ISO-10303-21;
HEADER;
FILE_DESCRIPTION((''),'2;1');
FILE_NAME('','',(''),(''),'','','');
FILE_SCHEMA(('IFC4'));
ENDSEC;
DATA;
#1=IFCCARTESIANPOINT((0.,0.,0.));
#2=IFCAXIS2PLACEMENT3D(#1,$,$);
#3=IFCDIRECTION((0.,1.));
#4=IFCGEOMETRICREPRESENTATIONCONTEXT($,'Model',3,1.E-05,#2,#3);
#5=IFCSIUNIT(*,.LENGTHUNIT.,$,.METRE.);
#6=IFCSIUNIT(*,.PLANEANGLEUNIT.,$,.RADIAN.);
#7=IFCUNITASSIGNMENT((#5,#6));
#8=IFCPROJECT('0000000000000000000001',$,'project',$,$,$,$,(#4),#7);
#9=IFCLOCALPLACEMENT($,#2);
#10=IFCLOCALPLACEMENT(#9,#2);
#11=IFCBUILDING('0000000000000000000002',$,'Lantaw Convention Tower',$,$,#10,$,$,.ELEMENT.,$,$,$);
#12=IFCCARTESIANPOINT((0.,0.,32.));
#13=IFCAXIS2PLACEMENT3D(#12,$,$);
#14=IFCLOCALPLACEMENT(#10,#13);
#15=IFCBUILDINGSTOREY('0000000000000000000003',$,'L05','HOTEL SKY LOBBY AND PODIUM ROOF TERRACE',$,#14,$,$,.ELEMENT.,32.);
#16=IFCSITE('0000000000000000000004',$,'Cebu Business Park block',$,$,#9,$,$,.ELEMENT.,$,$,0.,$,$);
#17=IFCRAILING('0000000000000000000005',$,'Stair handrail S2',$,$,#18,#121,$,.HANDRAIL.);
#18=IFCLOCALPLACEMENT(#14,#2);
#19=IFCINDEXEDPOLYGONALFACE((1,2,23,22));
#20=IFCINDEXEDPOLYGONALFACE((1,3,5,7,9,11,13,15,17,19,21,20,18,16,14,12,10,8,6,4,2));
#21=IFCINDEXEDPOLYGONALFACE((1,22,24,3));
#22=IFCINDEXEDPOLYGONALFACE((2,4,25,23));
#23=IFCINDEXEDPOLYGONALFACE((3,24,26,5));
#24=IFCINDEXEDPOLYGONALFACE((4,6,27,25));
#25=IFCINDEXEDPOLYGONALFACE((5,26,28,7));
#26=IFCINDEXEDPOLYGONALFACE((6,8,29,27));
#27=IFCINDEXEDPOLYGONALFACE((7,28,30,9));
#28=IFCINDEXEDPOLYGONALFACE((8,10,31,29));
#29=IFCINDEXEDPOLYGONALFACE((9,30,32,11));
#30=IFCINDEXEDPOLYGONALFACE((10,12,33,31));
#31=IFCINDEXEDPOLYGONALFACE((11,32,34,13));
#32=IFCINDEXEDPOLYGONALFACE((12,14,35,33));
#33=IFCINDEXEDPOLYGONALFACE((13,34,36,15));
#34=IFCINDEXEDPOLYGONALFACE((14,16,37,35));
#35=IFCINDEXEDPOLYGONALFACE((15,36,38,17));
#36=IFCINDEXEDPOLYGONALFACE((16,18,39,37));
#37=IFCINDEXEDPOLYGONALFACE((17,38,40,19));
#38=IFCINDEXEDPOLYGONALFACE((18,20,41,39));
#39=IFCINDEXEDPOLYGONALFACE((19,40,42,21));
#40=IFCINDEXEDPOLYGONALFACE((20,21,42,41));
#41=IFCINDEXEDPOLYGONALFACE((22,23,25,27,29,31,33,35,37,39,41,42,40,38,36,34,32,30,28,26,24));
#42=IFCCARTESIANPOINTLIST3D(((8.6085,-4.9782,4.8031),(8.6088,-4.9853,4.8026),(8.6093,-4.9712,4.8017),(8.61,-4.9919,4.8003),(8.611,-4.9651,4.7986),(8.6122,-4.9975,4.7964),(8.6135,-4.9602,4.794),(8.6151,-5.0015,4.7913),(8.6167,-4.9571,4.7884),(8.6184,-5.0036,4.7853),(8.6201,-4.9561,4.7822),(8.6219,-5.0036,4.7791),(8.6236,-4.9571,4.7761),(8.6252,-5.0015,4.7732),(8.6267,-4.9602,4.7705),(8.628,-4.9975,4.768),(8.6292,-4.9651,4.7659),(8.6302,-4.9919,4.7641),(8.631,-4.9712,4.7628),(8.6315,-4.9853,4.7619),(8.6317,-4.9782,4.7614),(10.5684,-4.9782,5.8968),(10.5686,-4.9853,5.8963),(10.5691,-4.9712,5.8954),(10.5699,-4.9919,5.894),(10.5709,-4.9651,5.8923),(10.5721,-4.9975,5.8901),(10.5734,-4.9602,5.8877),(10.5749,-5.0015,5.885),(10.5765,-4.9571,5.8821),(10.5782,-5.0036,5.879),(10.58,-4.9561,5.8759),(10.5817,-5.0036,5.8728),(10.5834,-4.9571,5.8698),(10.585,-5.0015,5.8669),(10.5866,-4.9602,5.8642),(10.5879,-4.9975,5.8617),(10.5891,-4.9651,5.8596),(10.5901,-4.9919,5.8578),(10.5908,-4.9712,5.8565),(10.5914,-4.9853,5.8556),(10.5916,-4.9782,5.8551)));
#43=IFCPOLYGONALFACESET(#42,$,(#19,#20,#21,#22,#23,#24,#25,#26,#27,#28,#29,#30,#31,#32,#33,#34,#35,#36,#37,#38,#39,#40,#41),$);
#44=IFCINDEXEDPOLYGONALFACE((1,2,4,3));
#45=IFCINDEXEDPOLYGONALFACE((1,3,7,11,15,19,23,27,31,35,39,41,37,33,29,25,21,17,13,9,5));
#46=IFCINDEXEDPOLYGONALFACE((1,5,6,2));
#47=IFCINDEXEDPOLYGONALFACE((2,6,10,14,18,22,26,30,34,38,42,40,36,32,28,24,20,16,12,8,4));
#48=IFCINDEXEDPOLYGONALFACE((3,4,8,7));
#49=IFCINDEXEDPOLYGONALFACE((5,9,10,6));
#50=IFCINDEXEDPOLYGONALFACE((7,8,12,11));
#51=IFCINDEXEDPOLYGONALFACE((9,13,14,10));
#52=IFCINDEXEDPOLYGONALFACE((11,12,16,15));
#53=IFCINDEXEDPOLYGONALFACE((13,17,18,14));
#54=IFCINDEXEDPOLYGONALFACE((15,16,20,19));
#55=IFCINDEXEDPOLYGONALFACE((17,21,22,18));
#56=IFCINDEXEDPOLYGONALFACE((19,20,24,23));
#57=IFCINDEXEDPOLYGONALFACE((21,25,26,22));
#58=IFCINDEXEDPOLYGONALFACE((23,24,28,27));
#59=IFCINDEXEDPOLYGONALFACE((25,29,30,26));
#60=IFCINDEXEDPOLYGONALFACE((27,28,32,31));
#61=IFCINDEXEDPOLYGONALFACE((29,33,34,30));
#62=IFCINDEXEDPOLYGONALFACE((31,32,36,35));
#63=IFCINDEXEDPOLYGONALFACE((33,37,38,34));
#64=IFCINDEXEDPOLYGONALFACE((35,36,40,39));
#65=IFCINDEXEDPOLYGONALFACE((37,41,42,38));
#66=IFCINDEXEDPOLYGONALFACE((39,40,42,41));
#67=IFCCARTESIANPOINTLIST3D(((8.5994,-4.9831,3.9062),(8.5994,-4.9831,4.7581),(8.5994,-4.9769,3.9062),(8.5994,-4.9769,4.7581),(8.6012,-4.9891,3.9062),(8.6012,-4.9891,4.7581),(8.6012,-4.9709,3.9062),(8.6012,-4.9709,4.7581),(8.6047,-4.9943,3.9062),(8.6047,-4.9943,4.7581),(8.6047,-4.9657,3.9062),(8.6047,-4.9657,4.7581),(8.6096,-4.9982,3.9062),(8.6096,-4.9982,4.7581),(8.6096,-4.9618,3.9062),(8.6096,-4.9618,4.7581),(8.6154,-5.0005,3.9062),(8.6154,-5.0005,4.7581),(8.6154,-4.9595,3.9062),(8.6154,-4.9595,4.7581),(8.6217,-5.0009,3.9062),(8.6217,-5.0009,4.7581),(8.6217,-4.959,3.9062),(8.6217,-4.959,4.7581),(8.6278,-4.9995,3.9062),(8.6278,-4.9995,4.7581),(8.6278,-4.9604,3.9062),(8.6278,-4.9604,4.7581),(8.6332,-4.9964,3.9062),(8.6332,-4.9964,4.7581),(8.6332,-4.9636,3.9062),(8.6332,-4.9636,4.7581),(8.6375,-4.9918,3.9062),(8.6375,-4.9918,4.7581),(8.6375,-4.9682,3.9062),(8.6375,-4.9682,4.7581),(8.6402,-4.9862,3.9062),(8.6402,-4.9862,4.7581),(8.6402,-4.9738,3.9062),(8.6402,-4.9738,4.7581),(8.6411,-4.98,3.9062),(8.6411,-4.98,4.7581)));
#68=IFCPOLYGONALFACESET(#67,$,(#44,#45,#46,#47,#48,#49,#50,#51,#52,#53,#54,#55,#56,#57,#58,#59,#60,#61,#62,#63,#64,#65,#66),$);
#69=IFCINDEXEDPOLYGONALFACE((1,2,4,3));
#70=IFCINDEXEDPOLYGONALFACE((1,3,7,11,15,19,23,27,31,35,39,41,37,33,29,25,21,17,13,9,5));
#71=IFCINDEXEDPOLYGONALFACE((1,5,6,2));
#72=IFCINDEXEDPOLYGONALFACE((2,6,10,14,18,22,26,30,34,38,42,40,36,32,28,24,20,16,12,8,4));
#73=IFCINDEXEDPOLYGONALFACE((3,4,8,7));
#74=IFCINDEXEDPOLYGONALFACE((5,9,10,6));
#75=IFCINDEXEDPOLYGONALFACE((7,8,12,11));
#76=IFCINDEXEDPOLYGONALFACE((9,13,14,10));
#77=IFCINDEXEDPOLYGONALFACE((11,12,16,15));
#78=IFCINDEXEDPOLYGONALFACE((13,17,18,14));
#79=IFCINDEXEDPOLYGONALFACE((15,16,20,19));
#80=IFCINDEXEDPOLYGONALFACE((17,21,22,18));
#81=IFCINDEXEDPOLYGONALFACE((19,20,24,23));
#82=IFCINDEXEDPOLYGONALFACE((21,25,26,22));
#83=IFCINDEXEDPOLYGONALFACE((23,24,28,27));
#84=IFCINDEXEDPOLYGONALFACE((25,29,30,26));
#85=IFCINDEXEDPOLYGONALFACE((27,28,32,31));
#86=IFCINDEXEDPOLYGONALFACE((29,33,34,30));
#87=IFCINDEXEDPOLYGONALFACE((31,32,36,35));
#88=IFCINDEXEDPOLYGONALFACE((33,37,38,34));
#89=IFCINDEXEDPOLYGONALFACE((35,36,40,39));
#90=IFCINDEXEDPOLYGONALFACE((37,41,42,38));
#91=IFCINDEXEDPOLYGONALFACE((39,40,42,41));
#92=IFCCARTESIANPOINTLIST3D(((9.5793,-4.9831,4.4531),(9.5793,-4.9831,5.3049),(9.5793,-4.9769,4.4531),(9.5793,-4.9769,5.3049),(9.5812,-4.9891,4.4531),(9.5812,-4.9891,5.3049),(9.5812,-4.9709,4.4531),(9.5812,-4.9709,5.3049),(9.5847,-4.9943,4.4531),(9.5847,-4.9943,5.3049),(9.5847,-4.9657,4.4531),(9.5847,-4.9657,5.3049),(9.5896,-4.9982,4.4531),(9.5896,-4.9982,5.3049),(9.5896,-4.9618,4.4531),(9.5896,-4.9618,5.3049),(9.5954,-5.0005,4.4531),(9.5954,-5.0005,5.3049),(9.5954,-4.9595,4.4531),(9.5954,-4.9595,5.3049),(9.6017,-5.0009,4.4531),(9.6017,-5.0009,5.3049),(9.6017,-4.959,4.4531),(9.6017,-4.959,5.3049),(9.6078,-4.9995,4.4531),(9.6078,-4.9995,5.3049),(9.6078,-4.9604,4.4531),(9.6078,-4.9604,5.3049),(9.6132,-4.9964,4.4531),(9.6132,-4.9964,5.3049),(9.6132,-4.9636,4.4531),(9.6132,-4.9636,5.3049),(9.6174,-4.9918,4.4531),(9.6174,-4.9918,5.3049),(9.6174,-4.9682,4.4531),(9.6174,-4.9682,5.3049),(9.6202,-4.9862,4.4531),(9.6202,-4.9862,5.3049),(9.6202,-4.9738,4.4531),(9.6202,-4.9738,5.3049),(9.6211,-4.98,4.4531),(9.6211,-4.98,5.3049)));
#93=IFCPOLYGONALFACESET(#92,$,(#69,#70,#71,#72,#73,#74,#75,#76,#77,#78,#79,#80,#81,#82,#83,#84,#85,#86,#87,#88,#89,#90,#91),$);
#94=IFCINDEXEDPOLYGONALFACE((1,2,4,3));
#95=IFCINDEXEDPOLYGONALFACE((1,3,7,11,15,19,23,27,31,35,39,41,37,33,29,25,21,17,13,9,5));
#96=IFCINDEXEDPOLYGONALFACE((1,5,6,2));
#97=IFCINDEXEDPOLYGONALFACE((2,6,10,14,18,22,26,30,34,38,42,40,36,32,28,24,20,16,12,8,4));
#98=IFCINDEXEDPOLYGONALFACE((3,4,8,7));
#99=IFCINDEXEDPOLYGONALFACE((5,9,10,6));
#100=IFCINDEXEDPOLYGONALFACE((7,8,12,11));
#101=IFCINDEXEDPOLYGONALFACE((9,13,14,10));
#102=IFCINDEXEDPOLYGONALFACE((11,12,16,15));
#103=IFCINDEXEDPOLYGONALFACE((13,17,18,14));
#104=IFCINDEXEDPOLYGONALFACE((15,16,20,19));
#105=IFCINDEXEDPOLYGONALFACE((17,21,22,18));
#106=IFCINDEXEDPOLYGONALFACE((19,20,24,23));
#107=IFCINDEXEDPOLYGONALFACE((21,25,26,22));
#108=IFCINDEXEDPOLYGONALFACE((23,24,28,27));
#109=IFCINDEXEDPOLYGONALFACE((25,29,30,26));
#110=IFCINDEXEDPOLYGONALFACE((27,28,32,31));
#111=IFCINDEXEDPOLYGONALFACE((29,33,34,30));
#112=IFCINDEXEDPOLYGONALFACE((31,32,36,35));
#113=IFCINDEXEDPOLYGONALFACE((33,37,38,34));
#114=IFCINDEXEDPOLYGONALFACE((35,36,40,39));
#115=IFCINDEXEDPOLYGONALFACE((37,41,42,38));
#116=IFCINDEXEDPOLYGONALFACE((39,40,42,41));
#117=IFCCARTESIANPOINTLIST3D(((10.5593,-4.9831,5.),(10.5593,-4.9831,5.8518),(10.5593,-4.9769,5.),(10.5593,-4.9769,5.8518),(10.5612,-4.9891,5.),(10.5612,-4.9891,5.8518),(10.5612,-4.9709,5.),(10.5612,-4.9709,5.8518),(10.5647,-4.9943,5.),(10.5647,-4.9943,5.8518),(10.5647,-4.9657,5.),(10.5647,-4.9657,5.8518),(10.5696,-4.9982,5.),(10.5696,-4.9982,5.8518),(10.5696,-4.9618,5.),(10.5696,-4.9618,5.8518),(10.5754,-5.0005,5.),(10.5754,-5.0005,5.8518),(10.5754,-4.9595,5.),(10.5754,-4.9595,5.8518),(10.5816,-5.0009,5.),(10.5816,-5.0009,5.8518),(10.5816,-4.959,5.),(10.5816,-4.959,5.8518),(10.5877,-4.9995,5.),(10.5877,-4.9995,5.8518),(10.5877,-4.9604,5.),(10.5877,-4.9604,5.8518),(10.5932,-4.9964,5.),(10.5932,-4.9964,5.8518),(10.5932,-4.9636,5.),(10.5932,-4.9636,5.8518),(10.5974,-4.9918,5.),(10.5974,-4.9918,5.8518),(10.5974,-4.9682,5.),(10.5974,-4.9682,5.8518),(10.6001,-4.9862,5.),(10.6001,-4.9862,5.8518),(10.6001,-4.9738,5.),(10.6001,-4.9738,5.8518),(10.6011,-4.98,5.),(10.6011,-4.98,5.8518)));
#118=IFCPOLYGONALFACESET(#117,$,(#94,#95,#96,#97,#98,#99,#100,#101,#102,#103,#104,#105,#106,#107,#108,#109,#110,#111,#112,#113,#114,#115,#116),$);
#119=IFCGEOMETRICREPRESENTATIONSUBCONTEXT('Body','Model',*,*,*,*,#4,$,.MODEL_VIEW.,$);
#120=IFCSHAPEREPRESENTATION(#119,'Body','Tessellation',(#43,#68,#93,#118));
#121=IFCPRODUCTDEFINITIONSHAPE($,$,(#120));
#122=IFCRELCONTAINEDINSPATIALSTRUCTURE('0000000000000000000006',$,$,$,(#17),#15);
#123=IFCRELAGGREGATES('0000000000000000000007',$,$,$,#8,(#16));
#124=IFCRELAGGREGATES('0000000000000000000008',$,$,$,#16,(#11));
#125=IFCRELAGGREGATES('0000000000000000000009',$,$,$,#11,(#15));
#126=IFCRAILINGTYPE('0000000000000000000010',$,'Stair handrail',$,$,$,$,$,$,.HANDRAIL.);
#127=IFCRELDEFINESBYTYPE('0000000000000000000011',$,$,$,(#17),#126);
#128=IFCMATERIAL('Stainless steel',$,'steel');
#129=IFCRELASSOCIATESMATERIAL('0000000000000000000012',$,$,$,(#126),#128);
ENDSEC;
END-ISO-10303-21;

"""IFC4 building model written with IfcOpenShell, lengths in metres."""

from ifc_helpers import new_model, si_unit, direction, frame, origin, origin_2d, place, context, subcontext, project, spatial, circle, extrude, material, type_object, element, save


model = new_model("IFC4")

# Units and contexts
model_context = context("Model", 3, precision=1e-05, world=origin(), true_north=direction((0.0, 1.0)))
body_context = subcontext(model_context, "Body", "Model", "MODEL_VIEW")
ifc_project = project(units=[si_unit("LENGTHUNIT", "METRE"), si_unit("PLANEANGLEUNIT", "RADIAN")], contexts=[model_context])

# Site, building, storey
site_placement = place(None, origin())
site = spatial("IfcSite", under=ifc_project, at=site_placement, Name="Cebu Business Park block", CompositionType="ELEMENT", RefElevation=0.0)
building_placement = place(site_placement, origin())
building = spatial("IfcBuilding", under=site, at=building_placement, Name="Lantaw Convention Tower", CompositionType="ELEMENT")
storey_placement = place(building_placement, frame((0.0, 0.0, 32.0)))
storey = spatial("IfcBuildingStorey", under=building, at=storey_placement, Name="L05", Description="HOTEL SKY LOBBY AND PODIUM ROOF TERRACE", CompositionType="ELEMENT", Elevation=32.0)

# Railing
ifc_material_1 = material(Name="Stainless steel", Category="steel")
railing_type = type_object("IfcRailingType", Name="Stair handrail", PredefinedType="HANDRAIL", material=ifc_material_1)
railing_1_placement = place(storey_placement, frame((8.6201, -4.98, 3.9062)))
element("IfcRailing", 1, at=railing_1_placement, inside=storey, type_object=railing_type, Name="Stair handrail S2", PredefinedType="HANDRAIL", context=body_context, shape_type="SweptSolid", body=[
    extrude(circle(Radius=0.0239, at=origin_2d()), frame((0.0, 0.0, 0.876), z_axis=(0.873232, 0.0, 0.487304), x_axis=(0.0, 1.0, 0.0)), (0.0, 0.0, 1.0), 2.2444),
    extrude(circle(Radius=0.021, at=origin_2d()), origin(), (0.0, 0.0, 1.0), 0.8518),
    extrude(circle(Radius=0.021, at=origin_2d()), frame((0.98, 0.0, 0.5469)), (0.0, 0.0, 1.0), 0.8518),
    extrude(circle(Radius=0.021, at=origin_2d()), frame((1.96, 0.0, 1.0938)), (0.0, 0.0, 1.0), 0.8518),
])

save(model, "model.ifc")
